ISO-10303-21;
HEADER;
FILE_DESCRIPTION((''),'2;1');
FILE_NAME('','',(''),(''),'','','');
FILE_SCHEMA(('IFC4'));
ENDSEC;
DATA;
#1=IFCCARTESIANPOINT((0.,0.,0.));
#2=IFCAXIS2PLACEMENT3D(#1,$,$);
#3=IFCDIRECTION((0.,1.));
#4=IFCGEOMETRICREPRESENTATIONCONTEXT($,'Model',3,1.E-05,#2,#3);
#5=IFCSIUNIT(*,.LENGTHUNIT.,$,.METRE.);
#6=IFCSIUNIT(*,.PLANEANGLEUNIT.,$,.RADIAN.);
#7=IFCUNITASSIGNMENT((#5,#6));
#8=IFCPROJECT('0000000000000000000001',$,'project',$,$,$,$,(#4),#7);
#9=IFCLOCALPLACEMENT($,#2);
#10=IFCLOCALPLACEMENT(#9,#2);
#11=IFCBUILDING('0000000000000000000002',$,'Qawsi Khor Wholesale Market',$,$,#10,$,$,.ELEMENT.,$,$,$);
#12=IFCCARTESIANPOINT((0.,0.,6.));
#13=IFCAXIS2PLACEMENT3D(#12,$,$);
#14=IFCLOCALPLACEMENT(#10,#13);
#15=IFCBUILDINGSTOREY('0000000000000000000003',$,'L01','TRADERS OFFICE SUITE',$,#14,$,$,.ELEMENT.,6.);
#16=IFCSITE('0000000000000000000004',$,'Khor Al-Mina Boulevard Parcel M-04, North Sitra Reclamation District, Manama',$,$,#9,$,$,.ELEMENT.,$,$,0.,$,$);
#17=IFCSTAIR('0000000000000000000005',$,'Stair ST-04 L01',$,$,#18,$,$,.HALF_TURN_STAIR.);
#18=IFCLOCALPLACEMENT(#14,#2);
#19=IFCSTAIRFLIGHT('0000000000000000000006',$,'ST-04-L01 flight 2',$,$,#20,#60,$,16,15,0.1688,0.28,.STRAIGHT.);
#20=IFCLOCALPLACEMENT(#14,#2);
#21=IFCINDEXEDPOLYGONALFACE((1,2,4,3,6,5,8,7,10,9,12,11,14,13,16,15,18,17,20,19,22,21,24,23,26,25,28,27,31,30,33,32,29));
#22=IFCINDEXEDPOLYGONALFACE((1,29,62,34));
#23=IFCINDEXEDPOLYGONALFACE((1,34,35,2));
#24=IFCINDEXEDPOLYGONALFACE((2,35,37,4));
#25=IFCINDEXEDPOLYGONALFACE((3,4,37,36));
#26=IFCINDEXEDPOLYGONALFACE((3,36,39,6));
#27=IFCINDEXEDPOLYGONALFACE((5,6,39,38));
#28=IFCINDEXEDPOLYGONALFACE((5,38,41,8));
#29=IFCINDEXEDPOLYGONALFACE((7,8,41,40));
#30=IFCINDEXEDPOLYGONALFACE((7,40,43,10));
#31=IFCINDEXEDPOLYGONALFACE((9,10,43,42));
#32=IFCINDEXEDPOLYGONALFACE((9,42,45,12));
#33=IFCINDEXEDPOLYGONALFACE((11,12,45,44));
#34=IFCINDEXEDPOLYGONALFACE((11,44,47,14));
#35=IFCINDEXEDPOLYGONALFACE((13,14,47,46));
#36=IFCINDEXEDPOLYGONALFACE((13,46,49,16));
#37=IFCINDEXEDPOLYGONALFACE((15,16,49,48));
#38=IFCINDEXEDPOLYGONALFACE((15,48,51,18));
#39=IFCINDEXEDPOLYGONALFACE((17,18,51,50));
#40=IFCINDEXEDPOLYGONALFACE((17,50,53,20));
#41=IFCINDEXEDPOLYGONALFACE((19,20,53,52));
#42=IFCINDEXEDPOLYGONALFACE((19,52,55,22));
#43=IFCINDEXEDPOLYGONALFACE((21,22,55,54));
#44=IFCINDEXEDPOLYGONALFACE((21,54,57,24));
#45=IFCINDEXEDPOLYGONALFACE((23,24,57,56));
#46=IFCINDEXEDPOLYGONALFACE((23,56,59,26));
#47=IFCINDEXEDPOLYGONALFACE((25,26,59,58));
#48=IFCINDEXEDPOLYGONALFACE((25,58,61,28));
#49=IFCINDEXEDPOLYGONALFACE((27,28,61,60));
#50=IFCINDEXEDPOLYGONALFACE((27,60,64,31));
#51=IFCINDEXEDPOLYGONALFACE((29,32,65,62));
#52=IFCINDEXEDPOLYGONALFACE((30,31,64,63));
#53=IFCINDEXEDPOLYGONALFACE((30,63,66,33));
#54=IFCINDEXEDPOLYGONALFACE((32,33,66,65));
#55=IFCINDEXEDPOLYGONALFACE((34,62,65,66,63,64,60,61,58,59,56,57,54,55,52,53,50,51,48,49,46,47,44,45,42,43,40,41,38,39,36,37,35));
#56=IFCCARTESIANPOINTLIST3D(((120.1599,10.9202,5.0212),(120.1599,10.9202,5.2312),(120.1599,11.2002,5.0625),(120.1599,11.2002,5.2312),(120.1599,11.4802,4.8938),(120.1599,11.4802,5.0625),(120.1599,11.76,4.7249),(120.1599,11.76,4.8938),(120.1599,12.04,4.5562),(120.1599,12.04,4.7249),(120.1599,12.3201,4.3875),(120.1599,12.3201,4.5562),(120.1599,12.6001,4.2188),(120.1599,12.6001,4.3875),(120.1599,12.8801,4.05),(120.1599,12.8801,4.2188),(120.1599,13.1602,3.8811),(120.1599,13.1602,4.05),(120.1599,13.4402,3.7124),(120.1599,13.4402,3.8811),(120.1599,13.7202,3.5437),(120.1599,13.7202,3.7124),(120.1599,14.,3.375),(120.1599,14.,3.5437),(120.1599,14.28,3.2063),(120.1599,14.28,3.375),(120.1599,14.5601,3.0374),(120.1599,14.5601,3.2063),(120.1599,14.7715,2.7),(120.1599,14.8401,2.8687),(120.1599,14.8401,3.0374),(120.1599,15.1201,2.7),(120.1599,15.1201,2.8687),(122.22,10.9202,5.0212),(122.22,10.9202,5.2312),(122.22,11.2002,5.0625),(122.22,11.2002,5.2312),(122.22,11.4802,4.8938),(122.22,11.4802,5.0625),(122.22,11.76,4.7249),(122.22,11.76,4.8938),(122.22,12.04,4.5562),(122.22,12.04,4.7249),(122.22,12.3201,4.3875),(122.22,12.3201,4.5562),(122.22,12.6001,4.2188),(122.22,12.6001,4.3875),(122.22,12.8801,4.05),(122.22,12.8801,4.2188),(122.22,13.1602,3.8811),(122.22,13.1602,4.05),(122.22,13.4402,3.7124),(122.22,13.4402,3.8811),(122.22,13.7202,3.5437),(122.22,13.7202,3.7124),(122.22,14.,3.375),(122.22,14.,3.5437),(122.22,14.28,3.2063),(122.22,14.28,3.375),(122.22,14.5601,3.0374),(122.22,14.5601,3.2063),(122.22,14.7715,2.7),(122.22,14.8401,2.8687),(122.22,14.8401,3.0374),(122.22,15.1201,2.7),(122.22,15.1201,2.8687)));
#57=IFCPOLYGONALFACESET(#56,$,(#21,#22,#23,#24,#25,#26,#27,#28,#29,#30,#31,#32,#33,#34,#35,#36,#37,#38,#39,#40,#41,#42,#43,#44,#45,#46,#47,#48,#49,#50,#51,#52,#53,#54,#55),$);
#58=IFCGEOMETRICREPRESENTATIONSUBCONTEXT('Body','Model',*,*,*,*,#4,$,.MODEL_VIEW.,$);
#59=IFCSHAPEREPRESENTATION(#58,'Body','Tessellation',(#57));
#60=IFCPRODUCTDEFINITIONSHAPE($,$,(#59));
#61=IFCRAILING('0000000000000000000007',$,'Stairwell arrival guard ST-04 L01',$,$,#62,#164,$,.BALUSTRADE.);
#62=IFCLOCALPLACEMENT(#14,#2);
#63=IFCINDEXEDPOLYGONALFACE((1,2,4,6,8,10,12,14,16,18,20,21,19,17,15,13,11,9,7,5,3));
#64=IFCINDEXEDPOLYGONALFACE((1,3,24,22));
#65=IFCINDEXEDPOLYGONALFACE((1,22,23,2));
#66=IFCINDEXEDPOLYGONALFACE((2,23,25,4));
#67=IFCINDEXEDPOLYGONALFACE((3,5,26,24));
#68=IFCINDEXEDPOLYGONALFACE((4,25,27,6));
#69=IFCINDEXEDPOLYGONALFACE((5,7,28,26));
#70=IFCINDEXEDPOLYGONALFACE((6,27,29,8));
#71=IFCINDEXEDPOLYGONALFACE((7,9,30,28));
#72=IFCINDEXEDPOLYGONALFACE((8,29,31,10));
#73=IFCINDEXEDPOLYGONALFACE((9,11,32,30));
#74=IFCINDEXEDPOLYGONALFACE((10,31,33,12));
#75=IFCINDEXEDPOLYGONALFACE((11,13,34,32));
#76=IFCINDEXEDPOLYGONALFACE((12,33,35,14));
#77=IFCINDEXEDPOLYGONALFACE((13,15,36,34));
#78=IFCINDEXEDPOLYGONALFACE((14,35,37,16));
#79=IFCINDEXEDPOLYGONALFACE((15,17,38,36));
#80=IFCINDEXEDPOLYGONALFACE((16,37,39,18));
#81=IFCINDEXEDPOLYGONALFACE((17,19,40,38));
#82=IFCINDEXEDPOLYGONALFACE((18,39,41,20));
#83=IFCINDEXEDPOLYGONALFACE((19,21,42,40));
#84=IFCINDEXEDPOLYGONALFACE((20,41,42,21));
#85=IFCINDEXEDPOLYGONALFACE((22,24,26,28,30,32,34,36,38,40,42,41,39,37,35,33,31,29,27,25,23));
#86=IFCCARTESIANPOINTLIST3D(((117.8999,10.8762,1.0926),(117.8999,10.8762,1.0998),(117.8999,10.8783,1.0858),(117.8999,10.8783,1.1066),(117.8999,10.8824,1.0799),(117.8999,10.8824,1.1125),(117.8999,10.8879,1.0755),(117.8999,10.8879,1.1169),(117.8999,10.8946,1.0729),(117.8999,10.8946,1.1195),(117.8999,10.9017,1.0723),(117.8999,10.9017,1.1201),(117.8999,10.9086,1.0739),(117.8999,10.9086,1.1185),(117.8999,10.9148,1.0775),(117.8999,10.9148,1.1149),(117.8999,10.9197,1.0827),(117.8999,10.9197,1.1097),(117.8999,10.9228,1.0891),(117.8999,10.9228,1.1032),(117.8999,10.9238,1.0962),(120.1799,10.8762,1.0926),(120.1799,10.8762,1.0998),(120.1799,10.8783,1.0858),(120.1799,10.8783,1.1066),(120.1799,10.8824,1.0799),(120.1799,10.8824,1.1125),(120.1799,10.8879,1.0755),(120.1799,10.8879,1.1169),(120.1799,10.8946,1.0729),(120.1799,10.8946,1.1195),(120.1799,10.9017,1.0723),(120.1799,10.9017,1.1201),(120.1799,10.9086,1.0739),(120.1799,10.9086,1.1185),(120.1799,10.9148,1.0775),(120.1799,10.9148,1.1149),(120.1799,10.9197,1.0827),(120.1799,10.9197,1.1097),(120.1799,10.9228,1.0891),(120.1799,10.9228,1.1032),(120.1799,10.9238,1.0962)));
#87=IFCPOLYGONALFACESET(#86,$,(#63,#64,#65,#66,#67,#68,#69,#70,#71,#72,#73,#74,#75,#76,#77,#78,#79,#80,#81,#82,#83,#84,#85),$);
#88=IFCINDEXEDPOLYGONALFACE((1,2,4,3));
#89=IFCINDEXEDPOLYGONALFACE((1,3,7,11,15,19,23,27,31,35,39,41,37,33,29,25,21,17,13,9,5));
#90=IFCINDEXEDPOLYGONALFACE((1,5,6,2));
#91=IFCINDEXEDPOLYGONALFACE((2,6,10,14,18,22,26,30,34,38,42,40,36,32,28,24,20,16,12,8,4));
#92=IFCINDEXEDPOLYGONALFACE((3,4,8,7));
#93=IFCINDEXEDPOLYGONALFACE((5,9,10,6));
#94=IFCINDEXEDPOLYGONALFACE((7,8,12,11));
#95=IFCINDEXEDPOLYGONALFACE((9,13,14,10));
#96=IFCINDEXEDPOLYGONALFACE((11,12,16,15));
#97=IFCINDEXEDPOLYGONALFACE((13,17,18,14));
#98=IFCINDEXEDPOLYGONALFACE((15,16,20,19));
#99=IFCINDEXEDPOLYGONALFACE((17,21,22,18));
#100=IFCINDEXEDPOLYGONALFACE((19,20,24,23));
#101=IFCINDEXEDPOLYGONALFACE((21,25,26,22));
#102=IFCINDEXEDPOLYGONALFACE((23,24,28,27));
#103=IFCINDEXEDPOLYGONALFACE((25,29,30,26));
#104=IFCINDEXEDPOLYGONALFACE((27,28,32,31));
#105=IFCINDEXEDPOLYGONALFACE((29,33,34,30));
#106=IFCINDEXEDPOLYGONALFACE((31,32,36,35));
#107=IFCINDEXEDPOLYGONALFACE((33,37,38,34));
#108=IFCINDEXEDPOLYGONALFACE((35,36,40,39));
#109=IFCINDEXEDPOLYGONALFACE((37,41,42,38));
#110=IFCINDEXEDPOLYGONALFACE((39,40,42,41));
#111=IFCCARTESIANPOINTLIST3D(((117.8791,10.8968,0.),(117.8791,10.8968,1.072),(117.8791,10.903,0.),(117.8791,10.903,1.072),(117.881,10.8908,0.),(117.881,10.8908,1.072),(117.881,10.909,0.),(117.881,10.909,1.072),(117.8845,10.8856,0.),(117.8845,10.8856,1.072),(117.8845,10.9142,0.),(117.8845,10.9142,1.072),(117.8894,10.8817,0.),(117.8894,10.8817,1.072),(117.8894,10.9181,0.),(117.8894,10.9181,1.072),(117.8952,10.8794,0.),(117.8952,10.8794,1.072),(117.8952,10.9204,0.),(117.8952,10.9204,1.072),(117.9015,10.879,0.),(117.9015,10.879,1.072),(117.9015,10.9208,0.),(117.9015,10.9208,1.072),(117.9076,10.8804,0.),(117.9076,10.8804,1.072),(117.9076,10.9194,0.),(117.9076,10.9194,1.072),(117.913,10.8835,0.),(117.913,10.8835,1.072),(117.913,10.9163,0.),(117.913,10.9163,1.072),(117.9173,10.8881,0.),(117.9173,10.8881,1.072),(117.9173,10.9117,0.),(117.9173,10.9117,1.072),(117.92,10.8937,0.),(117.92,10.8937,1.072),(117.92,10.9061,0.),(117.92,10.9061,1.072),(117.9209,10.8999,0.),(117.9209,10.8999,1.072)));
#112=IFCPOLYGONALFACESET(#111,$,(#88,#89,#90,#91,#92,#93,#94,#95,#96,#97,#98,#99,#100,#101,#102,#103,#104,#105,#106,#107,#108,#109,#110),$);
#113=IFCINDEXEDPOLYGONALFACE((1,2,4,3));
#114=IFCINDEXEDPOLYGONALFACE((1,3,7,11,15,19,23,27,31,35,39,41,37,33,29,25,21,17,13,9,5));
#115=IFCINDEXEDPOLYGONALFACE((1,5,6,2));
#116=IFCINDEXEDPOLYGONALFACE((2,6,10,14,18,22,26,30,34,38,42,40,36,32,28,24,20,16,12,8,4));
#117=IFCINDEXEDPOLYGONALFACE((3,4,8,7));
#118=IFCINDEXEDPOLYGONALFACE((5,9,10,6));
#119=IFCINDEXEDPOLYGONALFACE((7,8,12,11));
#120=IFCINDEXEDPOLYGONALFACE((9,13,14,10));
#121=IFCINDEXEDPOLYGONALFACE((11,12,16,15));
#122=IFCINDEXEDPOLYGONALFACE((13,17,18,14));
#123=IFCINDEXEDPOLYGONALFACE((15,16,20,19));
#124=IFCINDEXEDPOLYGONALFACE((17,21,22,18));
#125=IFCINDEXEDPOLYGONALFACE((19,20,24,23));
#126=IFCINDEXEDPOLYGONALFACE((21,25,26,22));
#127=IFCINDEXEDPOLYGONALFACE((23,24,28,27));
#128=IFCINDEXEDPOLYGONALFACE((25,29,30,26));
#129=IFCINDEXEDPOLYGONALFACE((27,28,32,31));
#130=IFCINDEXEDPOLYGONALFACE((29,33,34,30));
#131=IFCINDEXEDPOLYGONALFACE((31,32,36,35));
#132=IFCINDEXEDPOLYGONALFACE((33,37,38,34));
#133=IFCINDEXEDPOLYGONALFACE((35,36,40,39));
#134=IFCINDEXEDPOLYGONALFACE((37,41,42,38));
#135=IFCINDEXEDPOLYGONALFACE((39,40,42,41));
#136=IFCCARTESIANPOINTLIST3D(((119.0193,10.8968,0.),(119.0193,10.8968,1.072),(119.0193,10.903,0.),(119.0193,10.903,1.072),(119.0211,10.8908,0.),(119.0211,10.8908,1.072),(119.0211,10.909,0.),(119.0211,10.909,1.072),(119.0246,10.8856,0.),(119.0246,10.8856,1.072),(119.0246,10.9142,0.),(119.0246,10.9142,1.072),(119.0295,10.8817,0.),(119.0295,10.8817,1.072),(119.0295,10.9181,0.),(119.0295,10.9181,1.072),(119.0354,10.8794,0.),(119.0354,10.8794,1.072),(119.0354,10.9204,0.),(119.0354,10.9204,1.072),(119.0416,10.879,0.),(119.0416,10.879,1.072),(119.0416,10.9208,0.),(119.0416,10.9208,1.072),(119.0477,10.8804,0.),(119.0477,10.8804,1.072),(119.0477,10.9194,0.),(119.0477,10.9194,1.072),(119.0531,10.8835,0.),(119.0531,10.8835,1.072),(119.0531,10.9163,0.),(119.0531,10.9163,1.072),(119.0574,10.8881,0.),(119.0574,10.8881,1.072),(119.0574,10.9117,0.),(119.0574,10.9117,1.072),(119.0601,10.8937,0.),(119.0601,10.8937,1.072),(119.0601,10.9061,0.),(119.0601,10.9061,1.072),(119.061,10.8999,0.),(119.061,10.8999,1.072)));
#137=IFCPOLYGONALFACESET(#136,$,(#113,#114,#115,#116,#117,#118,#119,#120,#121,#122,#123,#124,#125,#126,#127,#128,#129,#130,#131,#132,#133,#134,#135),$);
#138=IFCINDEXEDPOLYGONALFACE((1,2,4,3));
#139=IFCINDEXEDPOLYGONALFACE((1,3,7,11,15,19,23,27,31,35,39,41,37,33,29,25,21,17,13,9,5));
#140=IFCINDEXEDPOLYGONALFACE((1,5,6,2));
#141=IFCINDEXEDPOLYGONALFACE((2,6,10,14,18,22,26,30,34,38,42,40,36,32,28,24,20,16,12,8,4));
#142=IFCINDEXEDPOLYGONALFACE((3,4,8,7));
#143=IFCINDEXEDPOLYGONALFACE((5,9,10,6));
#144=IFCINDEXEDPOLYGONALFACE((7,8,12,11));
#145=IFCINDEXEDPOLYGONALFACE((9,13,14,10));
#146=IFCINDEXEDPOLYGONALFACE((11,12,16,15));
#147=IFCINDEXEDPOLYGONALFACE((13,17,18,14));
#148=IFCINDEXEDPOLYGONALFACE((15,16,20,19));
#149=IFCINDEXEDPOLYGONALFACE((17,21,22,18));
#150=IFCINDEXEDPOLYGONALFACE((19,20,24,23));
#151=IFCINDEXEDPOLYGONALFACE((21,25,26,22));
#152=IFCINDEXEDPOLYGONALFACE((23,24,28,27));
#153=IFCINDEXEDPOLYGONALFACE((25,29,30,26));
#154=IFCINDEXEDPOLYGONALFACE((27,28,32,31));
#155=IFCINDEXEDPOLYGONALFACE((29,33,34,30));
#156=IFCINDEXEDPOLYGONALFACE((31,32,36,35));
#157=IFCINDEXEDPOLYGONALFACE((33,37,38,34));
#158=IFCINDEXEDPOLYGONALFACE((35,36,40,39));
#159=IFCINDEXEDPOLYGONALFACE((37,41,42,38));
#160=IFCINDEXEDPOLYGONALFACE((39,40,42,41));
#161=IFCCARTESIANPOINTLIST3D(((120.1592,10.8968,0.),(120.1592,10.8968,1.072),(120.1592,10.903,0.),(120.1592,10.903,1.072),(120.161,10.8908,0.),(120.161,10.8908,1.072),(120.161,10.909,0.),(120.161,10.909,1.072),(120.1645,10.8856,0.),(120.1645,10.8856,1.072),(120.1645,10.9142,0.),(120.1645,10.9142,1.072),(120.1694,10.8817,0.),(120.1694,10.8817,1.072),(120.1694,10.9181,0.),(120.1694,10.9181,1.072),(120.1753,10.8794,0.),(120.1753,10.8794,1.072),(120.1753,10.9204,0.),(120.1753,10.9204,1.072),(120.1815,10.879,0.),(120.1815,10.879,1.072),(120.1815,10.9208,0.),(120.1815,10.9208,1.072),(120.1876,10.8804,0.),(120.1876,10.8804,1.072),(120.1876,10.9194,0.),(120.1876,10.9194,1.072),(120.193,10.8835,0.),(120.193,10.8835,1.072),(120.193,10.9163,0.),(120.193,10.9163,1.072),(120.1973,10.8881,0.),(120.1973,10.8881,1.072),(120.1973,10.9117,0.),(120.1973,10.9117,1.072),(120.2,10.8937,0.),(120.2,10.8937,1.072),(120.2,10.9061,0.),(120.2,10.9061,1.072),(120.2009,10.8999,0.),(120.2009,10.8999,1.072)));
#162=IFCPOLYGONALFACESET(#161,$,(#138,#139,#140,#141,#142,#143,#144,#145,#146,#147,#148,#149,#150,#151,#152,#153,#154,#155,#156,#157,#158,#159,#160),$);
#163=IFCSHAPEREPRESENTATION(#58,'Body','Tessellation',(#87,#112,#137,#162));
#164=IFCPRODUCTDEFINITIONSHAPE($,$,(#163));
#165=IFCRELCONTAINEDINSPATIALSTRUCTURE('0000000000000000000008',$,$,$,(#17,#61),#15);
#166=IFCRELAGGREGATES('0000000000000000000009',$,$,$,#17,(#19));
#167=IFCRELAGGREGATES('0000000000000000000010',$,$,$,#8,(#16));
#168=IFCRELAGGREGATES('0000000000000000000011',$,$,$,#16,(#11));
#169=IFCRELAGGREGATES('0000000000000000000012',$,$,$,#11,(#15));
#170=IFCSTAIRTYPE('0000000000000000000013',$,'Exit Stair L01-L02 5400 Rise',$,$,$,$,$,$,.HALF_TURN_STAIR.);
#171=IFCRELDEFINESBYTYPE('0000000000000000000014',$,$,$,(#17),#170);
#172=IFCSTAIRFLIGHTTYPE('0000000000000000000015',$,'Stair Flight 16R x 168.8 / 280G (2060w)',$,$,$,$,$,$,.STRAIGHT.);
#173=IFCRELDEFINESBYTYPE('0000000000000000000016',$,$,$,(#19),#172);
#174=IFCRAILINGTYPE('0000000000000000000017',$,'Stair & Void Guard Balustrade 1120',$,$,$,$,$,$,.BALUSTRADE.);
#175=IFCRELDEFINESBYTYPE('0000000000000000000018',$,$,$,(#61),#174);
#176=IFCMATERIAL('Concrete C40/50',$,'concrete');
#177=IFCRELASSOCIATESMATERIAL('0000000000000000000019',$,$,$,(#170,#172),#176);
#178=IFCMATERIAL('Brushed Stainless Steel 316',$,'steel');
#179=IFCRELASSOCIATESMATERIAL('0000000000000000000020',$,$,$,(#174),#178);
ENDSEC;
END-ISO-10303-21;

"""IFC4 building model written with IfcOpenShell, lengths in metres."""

from ifc_helpers import new_model, si_unit, direction, frame, origin, origin_2d, place, context, subcontext, project, spatial, polyline, circle, outline, extrude, material, type_object, element, aggregate, save


model = new_model("IFC4")

# Units and contexts
model_context = context("Model", 3, precision=1e-05, world=origin(), true_north=direction((0.0, 1.0)))
body_context = subcontext(model_context, "Body", "Model", "MODEL_VIEW")
ifc_project = project(units=[si_unit("LENGTHUNIT", "METRE"), si_unit("PLANEANGLEUNIT", "RADIAN")], contexts=[model_context])

# Site, building, storey
site_placement = place(None, origin())
site = spatial("IfcSite", under=ifc_project, at=site_placement, Name="Khor Al-Mina Boulevard Parcel M-04, North Sitra Reclamation District, Manama", CompositionType="ELEMENT", RefElevation=0.0)
building_placement = place(site_placement, origin())
building = spatial("IfcBuilding", under=site, at=building_placement, Name="Qawsi Khor Wholesale Market", CompositionType="ELEMENT")
storey_placement = place(building_placement, frame((0.0, 0.0, 6.0)))
storey = spatial("IfcBuildingStorey", under=building, at=storey_placement, Name="L01", Description="TRADERS OFFICE SUITE", CompositionType="ELEMENT", Elevation=6.0)

# Shared definitions
ifc_material_1 = material(Name="Concrete C40/50", Category="concrete")

# Stair, stair flight
stair_type = type_object("IfcStairType", Name="Exit Stair L01-L02 5400 Rise", PredefinedType="HALF_TURN_STAIR", material=ifc_material_1)
stair_placement = place(storey_placement, origin())
stair = element("IfcStair", 1, at=stair_placement, inside=storey, type_object=stair_type, Name="Stair ST-04 L01", PredefinedType="HALF_TURN_STAIR")
stair_flight_type = type_object("IfcStairFlightType", Name="Stair Flight 16R x 168.8 / 280G (2060w)", PredefinedType="STRAIGHT", material=ifc_material_1)
stair_flight_1_placement = place(storey_placement, frame((121.1899, 15.1201, 2.7), z_axis=(0.0, 0.0, 1.0), x_axis=(0.0, -1.0, 0.0)))
stair_flight_1 = element("IfcStairFlight", 2, at=stair_flight_1_placement, type_object=stair_flight_type, Name="ST-04-L01 flight 2", NumberOfRisers=16, NumberOfTreads=15, PredefinedType="STRAIGHT", RiserHeight=0.1688, TreadLength=0.28, context=body_context, shape_type="SweptSolid", body=[
    extrude(outline(polyline([(0.0, 0.0), (0.0, 0.1687), (0.28, 0.1687), (0.28, 0.3374), (0.5601, 0.3374), (0.5601, 0.5063), (0.8401, 0.5063), (0.8401, 0.675), (1.1201, 0.675), (1.1201, 0.8438), (1.3999, 0.8438), (1.3999, 1.0125), (1.6799, 1.0125), (1.6799, 1.1812), (1.96, 1.1812), (1.96, 1.3501), (2.24, 1.3501), (2.24, 1.5188), (2.52, 1.5188), (2.52, 1.6875), (2.8, 1.6875), (2.8, 1.8562), (3.0801, 1.8562), (3.0801, 2.0249), (3.3601, 2.0249), (3.3601, 2.1938), (3.6399, 2.1938), (3.6399, 2.3625), (3.9199, 2.3625), (3.9199, 2.5312), (4.2, 2.5312), (4.2, 2.7), (4.2, 2.3213), (0.3486, 0.0), (0.0, 0.0)])), frame((0.0, 1.03, 0.0), z_axis=(0.0, -1.0, 0.0), x_axis=(1.0, 0.0, 0.0)), (0.0, 0.0, 1.0), 2.0601),
])
aggregate(stair, [stair_flight_1])

# Railing
ifc_material_2 = material(Name="Brushed Stainless Steel 316", Category="steel")
railing_type_1 = type_object("IfcRailingType", Name="Stair & Void Guard Balustrade 1120", PredefinedType="BALUSTRADE", material=ifc_material_2)
railing_1_placement = place(storey_placement, frame((117.8999, 10.8999, 0.0)))
element("IfcRailing", 3, at=railing_1_placement, inside=storey, type_object=railing_type_1, Name="Stairwell arrival guard ST-04 L01", PredefinedType="BALUSTRADE", context=body_context, shape_type="SweptSolid", body=[
    extrude(circle(Radius=0.0239, at=origin_2d()), frame((0.0, 0.0, 1.0962), z_axis=(1.0, 0.0, 0.0), x_axis=(0.0, 1.0, 0.0)), (0.0, 0.0, 1.0), 2.28),
    extrude(circle(Radius=0.021, at=origin_2d()), origin(), (0.0, 0.0, 1.0), 1.072),
    extrude(circle(Radius=0.021, at=origin_2d()), frame((1.1401, 0.0, 0.0)), (0.0, 0.0, 1.0), 1.072),
    extrude(circle(Radius=0.021, at=origin_2d()), frame((2.28, 0.0, 0.0)), (0.0, 0.0, 1.0), 1.072),
])

save(model, "model.ifc")
